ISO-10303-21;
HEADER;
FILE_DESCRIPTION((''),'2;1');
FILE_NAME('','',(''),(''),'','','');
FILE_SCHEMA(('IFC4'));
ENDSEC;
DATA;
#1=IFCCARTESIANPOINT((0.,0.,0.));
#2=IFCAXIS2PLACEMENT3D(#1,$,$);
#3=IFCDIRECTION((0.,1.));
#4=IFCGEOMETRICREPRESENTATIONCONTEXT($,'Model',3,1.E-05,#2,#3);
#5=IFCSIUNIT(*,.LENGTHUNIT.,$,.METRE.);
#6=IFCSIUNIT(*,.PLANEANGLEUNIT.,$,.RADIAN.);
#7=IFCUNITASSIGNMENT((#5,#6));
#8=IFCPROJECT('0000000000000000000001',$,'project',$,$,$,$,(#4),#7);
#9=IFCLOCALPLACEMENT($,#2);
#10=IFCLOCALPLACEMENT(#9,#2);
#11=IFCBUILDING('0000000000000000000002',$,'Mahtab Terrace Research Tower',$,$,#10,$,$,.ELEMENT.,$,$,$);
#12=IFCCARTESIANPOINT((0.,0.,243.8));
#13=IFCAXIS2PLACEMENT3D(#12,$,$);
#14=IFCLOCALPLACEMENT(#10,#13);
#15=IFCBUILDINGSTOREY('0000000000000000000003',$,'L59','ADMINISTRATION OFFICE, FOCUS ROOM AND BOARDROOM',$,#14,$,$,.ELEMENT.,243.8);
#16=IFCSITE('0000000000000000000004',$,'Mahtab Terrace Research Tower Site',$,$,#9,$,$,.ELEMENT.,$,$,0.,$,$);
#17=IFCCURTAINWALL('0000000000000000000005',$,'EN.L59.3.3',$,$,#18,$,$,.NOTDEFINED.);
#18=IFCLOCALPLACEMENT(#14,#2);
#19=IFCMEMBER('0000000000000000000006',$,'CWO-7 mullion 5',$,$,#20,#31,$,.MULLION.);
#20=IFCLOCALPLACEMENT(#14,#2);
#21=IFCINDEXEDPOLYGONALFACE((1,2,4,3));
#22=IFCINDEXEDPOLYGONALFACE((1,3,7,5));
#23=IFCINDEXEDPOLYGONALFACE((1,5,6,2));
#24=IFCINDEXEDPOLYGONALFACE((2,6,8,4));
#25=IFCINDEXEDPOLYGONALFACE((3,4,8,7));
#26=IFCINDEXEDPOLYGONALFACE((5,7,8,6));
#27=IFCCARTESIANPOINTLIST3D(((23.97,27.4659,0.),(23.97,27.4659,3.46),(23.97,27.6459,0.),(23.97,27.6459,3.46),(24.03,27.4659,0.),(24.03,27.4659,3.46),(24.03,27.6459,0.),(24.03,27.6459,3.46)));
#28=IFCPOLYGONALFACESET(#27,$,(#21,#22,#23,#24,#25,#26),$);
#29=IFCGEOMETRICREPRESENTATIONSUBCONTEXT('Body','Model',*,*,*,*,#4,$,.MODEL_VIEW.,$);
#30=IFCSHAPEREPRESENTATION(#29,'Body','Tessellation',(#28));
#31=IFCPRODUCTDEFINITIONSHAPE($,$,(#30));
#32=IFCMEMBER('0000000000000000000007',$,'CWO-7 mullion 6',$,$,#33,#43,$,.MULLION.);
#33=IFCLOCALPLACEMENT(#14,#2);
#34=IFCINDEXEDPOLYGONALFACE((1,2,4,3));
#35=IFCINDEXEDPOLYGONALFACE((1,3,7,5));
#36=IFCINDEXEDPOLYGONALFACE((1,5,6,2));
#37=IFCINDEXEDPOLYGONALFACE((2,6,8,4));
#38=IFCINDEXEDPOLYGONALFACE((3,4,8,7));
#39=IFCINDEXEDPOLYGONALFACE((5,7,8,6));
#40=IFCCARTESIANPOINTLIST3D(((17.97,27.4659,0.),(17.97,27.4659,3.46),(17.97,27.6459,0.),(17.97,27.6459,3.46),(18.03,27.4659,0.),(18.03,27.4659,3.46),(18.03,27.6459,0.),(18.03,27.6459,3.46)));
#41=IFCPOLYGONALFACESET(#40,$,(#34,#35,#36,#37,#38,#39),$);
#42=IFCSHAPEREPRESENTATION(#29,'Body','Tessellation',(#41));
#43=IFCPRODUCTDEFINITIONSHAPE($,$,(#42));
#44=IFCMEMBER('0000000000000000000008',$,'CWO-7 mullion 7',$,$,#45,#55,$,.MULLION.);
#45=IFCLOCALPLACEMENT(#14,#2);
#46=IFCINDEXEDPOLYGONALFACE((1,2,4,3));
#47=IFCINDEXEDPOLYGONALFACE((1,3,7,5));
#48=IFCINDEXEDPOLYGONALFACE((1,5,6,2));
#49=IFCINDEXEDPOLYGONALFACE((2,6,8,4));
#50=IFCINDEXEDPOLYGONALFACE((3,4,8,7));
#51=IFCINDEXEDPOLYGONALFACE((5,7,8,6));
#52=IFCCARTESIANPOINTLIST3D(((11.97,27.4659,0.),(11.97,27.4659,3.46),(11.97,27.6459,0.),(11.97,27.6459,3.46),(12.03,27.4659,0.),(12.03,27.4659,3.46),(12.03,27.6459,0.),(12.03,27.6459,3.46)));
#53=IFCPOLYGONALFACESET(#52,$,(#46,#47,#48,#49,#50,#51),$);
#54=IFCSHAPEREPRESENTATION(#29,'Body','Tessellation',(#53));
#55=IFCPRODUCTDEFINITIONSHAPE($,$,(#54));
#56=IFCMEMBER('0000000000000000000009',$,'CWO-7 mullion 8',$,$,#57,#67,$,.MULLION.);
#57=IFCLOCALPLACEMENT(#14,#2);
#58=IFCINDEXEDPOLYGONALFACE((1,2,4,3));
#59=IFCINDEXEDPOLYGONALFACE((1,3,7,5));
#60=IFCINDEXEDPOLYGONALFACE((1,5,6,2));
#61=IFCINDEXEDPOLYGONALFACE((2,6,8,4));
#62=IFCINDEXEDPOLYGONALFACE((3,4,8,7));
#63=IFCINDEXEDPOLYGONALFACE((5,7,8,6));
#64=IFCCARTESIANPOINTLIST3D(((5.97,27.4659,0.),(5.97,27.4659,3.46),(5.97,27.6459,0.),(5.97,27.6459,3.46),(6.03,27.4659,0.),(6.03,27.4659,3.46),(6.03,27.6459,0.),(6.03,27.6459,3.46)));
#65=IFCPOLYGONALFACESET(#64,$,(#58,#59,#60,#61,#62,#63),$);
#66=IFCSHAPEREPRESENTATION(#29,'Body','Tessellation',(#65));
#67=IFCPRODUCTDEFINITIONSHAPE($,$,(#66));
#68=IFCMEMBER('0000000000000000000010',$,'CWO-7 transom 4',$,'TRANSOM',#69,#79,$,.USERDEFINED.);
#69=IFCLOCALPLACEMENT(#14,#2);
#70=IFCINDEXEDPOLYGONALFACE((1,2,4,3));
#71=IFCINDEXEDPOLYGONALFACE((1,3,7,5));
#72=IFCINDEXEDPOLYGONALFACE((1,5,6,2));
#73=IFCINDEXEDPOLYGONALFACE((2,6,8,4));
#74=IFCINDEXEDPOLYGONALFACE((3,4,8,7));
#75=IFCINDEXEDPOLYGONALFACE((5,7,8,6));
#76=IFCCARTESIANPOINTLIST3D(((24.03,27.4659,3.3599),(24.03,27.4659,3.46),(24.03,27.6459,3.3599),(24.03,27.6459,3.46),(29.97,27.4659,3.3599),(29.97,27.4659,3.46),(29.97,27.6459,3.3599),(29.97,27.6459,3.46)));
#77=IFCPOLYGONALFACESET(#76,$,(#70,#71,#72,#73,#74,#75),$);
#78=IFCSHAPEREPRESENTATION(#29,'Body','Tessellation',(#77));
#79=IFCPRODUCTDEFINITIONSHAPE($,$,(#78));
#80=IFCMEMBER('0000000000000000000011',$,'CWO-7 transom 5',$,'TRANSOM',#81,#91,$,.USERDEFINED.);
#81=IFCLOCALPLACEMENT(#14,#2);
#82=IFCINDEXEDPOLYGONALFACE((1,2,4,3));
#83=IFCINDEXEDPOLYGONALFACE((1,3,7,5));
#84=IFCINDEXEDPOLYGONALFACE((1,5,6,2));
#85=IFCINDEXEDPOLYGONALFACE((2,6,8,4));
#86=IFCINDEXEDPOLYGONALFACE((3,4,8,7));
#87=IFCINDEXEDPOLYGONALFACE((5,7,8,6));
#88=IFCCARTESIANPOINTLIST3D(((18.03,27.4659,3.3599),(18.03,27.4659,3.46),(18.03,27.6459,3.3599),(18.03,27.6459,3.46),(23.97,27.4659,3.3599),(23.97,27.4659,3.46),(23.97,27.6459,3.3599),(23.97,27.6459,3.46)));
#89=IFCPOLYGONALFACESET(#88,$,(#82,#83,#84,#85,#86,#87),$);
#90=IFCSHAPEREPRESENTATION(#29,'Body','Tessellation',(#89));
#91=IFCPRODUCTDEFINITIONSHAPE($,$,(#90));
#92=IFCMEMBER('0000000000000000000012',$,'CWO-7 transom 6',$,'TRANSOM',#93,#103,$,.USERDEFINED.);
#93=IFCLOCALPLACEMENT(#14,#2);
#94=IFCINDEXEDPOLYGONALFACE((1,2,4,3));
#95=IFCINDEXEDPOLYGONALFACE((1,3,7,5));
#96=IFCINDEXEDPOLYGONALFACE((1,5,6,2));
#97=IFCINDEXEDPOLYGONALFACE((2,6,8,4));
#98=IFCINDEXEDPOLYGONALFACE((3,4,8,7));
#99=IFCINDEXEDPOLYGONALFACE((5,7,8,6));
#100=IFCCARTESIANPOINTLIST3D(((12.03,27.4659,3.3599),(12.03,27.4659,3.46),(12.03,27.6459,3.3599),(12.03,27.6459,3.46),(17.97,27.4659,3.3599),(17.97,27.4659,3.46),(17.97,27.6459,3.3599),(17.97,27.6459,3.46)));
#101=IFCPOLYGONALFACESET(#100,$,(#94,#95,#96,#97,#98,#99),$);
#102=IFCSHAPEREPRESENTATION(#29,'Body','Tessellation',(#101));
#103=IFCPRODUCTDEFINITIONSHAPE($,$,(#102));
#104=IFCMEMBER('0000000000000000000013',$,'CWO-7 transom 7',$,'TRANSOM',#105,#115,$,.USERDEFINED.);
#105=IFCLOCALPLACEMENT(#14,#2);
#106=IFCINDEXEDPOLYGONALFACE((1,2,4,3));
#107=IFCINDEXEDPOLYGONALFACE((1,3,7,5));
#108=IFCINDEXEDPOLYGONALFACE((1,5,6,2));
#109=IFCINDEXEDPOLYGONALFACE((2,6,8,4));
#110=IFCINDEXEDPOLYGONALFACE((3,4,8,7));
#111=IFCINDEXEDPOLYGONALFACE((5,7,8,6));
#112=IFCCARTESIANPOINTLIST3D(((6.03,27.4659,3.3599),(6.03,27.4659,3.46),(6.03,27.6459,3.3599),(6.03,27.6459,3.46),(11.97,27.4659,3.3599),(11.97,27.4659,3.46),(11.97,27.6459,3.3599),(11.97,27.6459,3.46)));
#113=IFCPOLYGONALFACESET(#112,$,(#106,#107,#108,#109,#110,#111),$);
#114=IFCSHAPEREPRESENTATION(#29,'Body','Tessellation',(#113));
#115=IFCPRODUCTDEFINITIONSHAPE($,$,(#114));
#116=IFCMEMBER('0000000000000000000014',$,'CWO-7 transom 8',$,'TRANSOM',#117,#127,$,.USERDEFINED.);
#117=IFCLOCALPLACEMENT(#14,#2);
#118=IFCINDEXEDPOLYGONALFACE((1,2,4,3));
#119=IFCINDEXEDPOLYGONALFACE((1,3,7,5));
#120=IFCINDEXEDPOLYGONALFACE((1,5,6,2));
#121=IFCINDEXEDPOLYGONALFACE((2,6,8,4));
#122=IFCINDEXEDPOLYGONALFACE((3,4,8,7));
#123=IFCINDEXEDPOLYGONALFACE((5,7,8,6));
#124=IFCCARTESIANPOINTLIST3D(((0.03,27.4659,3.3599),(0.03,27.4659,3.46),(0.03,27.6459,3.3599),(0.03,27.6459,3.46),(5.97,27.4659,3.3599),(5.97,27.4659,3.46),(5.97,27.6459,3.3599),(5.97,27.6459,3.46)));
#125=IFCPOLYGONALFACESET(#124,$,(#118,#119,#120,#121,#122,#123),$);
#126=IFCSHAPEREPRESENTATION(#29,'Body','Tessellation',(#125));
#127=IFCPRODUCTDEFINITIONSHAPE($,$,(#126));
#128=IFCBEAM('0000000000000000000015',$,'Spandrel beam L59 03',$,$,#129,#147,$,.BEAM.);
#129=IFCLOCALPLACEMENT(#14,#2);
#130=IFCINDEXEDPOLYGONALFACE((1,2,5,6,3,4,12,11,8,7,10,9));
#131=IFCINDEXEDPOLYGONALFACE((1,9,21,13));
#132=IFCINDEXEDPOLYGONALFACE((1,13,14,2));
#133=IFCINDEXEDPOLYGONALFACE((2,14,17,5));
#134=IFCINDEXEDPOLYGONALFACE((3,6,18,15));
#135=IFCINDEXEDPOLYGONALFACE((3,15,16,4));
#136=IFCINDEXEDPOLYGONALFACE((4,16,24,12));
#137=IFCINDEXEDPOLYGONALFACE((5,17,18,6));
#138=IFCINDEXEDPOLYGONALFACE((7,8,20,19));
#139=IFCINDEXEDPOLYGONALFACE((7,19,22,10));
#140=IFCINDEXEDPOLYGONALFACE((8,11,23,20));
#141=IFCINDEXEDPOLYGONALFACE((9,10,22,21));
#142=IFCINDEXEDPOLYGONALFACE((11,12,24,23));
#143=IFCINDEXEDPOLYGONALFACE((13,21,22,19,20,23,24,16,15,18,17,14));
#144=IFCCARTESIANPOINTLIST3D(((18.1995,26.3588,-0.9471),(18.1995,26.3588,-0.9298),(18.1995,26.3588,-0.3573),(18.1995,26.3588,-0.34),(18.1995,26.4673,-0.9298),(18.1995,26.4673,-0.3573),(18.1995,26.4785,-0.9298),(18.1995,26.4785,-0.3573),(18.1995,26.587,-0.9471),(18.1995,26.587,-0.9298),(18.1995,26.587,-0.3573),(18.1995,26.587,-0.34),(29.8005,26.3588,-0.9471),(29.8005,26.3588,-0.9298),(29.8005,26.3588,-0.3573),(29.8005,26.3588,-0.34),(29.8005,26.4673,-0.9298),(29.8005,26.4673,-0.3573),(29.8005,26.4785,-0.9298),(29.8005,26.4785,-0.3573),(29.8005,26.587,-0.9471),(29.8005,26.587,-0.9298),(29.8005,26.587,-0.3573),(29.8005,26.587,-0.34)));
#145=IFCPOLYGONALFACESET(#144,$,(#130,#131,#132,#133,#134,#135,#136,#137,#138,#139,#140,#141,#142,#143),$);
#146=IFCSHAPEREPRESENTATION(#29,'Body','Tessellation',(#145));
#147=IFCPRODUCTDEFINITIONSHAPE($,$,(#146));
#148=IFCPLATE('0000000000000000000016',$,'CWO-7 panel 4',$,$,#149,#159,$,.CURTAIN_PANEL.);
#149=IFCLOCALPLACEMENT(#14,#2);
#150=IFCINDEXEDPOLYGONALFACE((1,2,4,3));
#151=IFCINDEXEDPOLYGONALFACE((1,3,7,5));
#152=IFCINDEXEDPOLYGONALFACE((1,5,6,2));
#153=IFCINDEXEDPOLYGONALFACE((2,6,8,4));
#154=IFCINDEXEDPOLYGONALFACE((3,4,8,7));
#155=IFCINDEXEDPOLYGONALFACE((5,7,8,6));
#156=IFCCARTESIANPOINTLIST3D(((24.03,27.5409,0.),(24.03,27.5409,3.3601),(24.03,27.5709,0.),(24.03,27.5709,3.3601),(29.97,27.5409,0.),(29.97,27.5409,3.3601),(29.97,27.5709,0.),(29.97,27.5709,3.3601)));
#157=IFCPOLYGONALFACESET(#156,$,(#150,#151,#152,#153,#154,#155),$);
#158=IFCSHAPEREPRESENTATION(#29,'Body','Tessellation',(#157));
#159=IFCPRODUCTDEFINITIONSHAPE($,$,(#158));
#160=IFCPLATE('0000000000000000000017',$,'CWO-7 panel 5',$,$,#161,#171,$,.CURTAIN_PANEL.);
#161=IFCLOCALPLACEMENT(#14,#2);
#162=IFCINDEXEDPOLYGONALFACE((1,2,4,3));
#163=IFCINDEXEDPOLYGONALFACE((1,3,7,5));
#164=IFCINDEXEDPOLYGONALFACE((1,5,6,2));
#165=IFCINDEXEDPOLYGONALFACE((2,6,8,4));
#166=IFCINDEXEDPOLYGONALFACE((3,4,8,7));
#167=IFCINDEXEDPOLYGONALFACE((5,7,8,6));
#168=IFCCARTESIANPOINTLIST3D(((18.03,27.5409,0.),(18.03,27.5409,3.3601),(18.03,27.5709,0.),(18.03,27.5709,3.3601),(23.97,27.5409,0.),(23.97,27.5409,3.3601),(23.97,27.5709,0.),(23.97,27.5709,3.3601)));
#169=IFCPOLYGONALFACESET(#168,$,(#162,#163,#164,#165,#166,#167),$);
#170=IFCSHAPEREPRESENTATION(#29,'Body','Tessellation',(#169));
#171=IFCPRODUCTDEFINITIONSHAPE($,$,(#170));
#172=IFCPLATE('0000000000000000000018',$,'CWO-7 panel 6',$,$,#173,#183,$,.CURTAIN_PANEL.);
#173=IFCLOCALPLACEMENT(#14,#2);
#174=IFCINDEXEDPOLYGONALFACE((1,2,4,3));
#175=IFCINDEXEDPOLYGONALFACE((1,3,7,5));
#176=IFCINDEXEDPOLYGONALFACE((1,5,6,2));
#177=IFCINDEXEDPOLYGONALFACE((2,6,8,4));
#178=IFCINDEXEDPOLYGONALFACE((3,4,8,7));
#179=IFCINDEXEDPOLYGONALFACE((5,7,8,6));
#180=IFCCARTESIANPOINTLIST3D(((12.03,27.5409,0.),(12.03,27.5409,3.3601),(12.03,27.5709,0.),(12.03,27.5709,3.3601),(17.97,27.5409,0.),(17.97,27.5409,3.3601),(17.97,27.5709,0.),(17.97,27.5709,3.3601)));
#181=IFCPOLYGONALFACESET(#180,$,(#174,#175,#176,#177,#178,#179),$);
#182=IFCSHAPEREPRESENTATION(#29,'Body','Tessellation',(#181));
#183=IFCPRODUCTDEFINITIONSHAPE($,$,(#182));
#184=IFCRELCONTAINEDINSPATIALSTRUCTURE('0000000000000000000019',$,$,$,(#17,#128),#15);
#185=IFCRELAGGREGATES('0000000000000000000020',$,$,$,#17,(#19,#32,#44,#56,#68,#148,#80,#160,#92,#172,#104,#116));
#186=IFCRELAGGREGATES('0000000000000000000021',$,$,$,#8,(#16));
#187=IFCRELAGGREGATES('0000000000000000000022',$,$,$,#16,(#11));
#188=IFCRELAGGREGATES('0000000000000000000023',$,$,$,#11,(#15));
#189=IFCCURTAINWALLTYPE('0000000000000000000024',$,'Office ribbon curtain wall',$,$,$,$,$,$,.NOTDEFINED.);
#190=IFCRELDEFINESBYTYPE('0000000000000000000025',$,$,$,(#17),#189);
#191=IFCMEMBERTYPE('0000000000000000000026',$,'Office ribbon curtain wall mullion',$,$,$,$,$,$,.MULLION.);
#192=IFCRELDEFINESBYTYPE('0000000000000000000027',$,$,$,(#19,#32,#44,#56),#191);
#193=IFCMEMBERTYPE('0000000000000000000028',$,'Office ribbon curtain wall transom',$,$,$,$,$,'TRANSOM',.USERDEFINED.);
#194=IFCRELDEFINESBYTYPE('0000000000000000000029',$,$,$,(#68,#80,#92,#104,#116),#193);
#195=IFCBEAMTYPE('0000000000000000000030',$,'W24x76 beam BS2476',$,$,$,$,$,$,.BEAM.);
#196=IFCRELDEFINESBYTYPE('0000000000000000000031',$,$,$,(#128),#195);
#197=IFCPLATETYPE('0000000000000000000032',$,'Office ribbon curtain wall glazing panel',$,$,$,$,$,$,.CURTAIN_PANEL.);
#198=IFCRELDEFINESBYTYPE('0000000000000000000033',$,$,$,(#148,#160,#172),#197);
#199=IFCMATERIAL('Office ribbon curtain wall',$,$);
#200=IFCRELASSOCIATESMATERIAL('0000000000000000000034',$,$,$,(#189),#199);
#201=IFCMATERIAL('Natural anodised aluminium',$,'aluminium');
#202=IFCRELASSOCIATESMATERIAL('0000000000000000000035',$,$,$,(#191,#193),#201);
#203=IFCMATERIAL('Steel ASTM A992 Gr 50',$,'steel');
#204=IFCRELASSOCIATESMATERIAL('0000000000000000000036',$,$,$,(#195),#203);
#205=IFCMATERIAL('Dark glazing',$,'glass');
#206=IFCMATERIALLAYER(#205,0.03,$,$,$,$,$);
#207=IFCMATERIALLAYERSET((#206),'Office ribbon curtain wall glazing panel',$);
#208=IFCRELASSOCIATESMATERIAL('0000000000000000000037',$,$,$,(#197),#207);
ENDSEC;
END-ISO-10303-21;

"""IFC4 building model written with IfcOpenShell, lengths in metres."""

from ifc_helpers import new_model, si_unit, direction, frame, origin, origin_2d, place, context, subcontext, project, spatial, rectangle, i_section, extrude, material, layer, layer_set, material_profile, profile_set, type_object, element, aggregate, save


model = new_model("IFC4")

# Units and contexts
model_context = context("Model", 3, precision=1e-05, world=origin(), true_north=direction((0.0, 1.0)))
body_context = subcontext(model_context, "Body", "Model", "MODEL_VIEW")
ifc_project = project(units=[si_unit("LENGTHUNIT", "METRE"), si_unit("PLANEANGLEUNIT", "RADIAN")], contexts=[model_context])

# Site, building, storey
site_placement = place(None, origin())
site = spatial("IfcSite", under=ifc_project, at=site_placement, Name="Mahtab Terrace Research Tower Site", CompositionType="ELEMENT", RefElevation=0.0)
building_placement = place(site_placement, origin())
building = spatial("IfcBuilding", under=site, at=building_placement, Name="Mahtab Terrace Research Tower", CompositionType="ELEMENT")
storey_placement = place(building_placement, frame((0.0, 0.0, 243.8)))
storey = spatial("IfcBuildingStorey", under=building, at=storey_placement, Name="L59", Description="ADMINISTRATION OFFICE, FOCUS ROOM AND BOARDROOM", CompositionType="ELEMENT", Elevation=243.8)

# Curtain wall, members
ifc_material_1 = material(Name="Office ribbon curtain wall")
curtain_wall_type = type_object("IfcCurtainWallType", Name="Office ribbon curtain wall", PredefinedType="NOTDEFINED", material=ifc_material_1)
curtain_wall_placement = place(storey_placement, origin())
curtain_wall = element("IfcCurtainWall", 1, at=curtain_wall_placement, inside=storey, type_object=curtain_wall_type, Name="EN.L59.3.3", PredefinedType="NOTDEFINED")
ifc_material_2 = material(Name="Natural anodised aluminium", Category="aluminium")
ifc_material_profile_1 = material_profile(ifc_material_2, rectangle(XDim=0.1799, YDim=0.0601, at=origin_2d()), Name="MULLION 60x180")
ifc_profile_set_1 = profile_set([ifc_material_profile_1], Name="Natural anodised aluminium")
member_type_1 = type_object("IfcMemberType", Name="Office ribbon curtain wall mullion", PredefinedType="MULLION", material=ifc_profile_set_1)
member_1_placement = place(storey_placement, frame((24.0, 27.5559, 0.0), z_axis=(0.0, 0.0, 1.0), x_axis=(0.0, -1.0, 0.0)))
member_1 = element("IfcMember", 2, at=member_1_placement, type_object=member_type_1, Name="CWO-7 mullion 5", PredefinedType="MULLION", context=body_context, shape_type="SweptSolid", body=[
    extrude(rectangle(XDim=0.1799, YDim=0.0601, at=origin_2d()), origin(), (0.0, 0.0, 1.0), 3.46),
])
member_2_placement = place(storey_placement, frame((18.0, 27.5559, 0.0), z_axis=(0.0, 0.0, 1.0), x_axis=(0.0, -1.0, 0.0)))
member_2 = element("IfcMember", 3, at=member_2_placement, type_object=member_type_1, Name="CWO-7 mullion 6", PredefinedType="MULLION", context=body_context, shape_type="SweptSolid", body=[
    extrude(rectangle(XDim=0.1799, YDim=0.0601, at=origin_2d()), origin(), (0.0, 0.0, 1.0), 3.46),
])
member_3_placement = place(storey_placement, frame((12.0, 27.5559, 0.0), z_axis=(0.0, 0.0, 1.0), x_axis=(0.0, -1.0, 0.0)))
member_3 = element("IfcMember", 4, at=member_3_placement, type_object=member_type_1, Name="CWO-7 mullion 7", PredefinedType="MULLION", context=body_context, shape_type="SweptSolid", body=[
    extrude(rectangle(XDim=0.1799, YDim=0.0601, at=origin_2d()), origin(), (0.0, 0.0, 1.0), 3.46),
])
member_4_placement = place(storey_placement, frame((6.0, 27.5559, 0.0), z_axis=(0.0, 0.0, 1.0), x_axis=(0.0, -1.0, 0.0)))
member_4 = element("IfcMember", 5, at=member_4_placement, type_object=member_type_1, Name="CWO-7 mullion 8", PredefinedType="MULLION", context=body_context, shape_type="SweptSolid", body=[
    extrude(rectangle(XDim=0.1799, YDim=0.0601, at=origin_2d()), origin(), (0.0, 0.0, 1.0), 3.46),
])
ifc_material_profile_2 = material_profile(ifc_material_2, rectangle(XDim=0.1799, YDim=0.1001, at=origin_2d()), Name="TRANSOM 100x180")
ifc_profile_set_2 = profile_set([ifc_material_profile_2], Name="Natural anodised aluminium")
member_type_2 = type_object("IfcMemberType", Name="Office ribbon curtain wall transom", ElementType="TRANSOM", PredefinedType="USERDEFINED", material=ifc_profile_set_2)
member_5_placement = place(storey_placement, frame((29.97, 27.5559, 3.4099), z_axis=(-1.0, 0.0, 0.0), x_axis=(0.0, -1.0, 0.0)))
member_5 = element("IfcMember", 6, at=member_5_placement, type_object=member_type_2, Name="CWO-7 transom 4", ObjectType="TRANSOM", PredefinedType="USERDEFINED", context=body_context, shape_type="SweptSolid", body=[
    extrude(rectangle(XDim=0.1799, YDim=0.1001, at=origin_2d()), origin(), (0.0, 0.0, 1.0), 5.9399),
])
member_6_placement = place(storey_placement, frame((23.97, 27.5559, 3.4099), z_axis=(-1.0, 0.0, 0.0), x_axis=(0.0, -1.0, 0.0)))
member_6 = element("IfcMember", 7, at=member_6_placement, type_object=member_type_2, Name="CWO-7 transom 5", ObjectType="TRANSOM", PredefinedType="USERDEFINED", context=body_context, shape_type="SweptSolid", body=[
    extrude(rectangle(XDim=0.1799, YDim=0.1001, at=origin_2d()), origin(), (0.0, 0.0, 1.0), 5.9399),
])
member_7_placement = place(storey_placement, frame((17.97, 27.5559, 3.4099), z_axis=(-1.0, 0.0, 0.0), x_axis=(0.0, -1.0, 0.0)))
member_7 = element("IfcMember", 8, at=member_7_placement, type_object=member_type_2, Name="CWO-7 transom 6", ObjectType="TRANSOM", PredefinedType="USERDEFINED", context=body_context, shape_type="SweptSolid", body=[
    extrude(rectangle(XDim=0.1799, YDim=0.1001, at=origin_2d()), origin(), (0.0, 0.0, 1.0), 5.9399),
])
member_8_placement = place(storey_placement, frame((11.97, 27.5559, 3.4099), z_axis=(-1.0, 0.0, 0.0), x_axis=(0.0, -1.0, 0.0)))
member_8 = element("IfcMember", 9, at=member_8_placement, type_object=member_type_2, Name="CWO-7 transom 7", ObjectType="TRANSOM", PredefinedType="USERDEFINED", context=body_context, shape_type="SweptSolid", body=[
    extrude(rectangle(XDim=0.1799, YDim=0.1001, at=origin_2d()), origin(), (0.0, 0.0, 1.0), 5.9399),
])
member_9_placement = place(storey_placement, frame((5.97, 27.5559, 3.4099), z_axis=(-1.0, 0.0, 0.0), x_axis=(0.0, -1.0, 0.0)))
member_9 = element("IfcMember", 10, at=member_9_placement, type_object=member_type_2, Name="CWO-7 transom 8", ObjectType="TRANSOM", PredefinedType="USERDEFINED", context=body_context, shape_type="SweptSolid", body=[
    extrude(rectangle(XDim=0.1799, YDim=0.1001, at=origin_2d()), origin(), (0.0, 0.0, 1.0), 5.9399),
])

# Beam
ifc_material_3 = material(Name="Steel ASTM A992 Gr 50", Category="steel")
ifc_material_profile_3 = material_profile(ifc_material_3, i_section(OverallWidth=0.2283, OverallDepth=0.6072, WebThickness=0.0112, FlangeThickness=0.0173, at=origin_2d()), Name="W24X76")
ifc_profile_set_3 = profile_set([ifc_material_profile_3], Name="Steel ASTM A992 Gr 50")
beam_type = type_object("IfcBeamType", Name="W24x76 beam BS2476", PredefinedType="BEAM", material=ifc_profile_set_3)
beam_placement = place(storey_placement, frame((29.8005, 26.4729, -0.6436), z_axis=(-1.0, 0.0, 0.0), x_axis=(0.0, -1.0, 0.0)))
element("IfcBeam", 11, at=beam_placement, inside=storey, type_object=beam_type, Name="Spandrel beam L59 03", PredefinedType="BEAM", context=body_context, shape_type="SweptSolid", body=[
    extrude(i_section(OverallWidth=0.2283, OverallDepth=0.6072, WebThickness=0.0112, FlangeThickness=0.0173, at=origin_2d()), origin(), (0.0, 0.0, 1.0), 11.6011),
])

# Plates
ifc_material_4 = material(Name="Dark glazing", Category="glass")
ifc_layer_1 = layer(ifc_material_4, 0.03)
ifc_layer_set_1 = layer_set([ifc_layer_1], Name="Office ribbon curtain wall glazing panel")
plate_type = type_object("IfcPlateType", Name="Office ribbon curtain wall glazing panel", PredefinedType="CURTAIN_PANEL", material=ifc_layer_set_1)
plate_1_placement = place(storey_placement, frame((27.0, 27.5559, 0.0), z_axis=(0.0, 0.0, 1.0), x_axis=(-1.0, 0.0, 0.0)))
plate_1 = element("IfcPlate", 12, at=plate_1_placement, type_object=plate_type, Name="CWO-7 panel 4", PredefinedType="CURTAIN_PANEL", context=body_context, shape_type="SweptSolid", body=[
    extrude(rectangle(XDim=5.9399, YDim=0.03, at=origin_2d()), origin(), (0.0, 0.0, 1.0), 3.3601),
])
plate_2_placement = place(storey_placement, frame((21.0, 27.5559, 0.0), z_axis=(0.0, 0.0, 1.0), x_axis=(-1.0, 0.0, 0.0)))
plate_2 = element("IfcPlate", 13, at=plate_2_placement, type_object=plate_type, Name="CWO-7 panel 5", PredefinedType="CURTAIN_PANEL", context=body_context, shape_type="SweptSolid", body=[
    extrude(rectangle(XDim=5.9399, YDim=0.03, at=origin_2d()), origin(), (0.0, 0.0, 1.0), 3.3601),
])
plate_3_placement = place(storey_placement, frame((15.0, 27.5559, 0.0), z_axis=(0.0, 0.0, 1.0), x_axis=(-1.0, 0.0, 0.0)))
plate_3 = element("IfcPlate", 14, at=plate_3_placement, type_object=plate_type, Name="CWO-7 panel 6", PredefinedType="CURTAIN_PANEL", context=body_context, shape_type="SweptSolid", body=[
    extrude(rectangle(XDim=5.9399, YDim=0.03, at=origin_2d()), origin(), (0.0, 0.0, 1.0), 3.3601),
])
aggregate(curtain_wall, [member_1, member_2, member_3, member_4, member_5, plate_1, member_6, plate_2, member_7, plate_3, member_8, member_9])

save(model, "model.ifc")
